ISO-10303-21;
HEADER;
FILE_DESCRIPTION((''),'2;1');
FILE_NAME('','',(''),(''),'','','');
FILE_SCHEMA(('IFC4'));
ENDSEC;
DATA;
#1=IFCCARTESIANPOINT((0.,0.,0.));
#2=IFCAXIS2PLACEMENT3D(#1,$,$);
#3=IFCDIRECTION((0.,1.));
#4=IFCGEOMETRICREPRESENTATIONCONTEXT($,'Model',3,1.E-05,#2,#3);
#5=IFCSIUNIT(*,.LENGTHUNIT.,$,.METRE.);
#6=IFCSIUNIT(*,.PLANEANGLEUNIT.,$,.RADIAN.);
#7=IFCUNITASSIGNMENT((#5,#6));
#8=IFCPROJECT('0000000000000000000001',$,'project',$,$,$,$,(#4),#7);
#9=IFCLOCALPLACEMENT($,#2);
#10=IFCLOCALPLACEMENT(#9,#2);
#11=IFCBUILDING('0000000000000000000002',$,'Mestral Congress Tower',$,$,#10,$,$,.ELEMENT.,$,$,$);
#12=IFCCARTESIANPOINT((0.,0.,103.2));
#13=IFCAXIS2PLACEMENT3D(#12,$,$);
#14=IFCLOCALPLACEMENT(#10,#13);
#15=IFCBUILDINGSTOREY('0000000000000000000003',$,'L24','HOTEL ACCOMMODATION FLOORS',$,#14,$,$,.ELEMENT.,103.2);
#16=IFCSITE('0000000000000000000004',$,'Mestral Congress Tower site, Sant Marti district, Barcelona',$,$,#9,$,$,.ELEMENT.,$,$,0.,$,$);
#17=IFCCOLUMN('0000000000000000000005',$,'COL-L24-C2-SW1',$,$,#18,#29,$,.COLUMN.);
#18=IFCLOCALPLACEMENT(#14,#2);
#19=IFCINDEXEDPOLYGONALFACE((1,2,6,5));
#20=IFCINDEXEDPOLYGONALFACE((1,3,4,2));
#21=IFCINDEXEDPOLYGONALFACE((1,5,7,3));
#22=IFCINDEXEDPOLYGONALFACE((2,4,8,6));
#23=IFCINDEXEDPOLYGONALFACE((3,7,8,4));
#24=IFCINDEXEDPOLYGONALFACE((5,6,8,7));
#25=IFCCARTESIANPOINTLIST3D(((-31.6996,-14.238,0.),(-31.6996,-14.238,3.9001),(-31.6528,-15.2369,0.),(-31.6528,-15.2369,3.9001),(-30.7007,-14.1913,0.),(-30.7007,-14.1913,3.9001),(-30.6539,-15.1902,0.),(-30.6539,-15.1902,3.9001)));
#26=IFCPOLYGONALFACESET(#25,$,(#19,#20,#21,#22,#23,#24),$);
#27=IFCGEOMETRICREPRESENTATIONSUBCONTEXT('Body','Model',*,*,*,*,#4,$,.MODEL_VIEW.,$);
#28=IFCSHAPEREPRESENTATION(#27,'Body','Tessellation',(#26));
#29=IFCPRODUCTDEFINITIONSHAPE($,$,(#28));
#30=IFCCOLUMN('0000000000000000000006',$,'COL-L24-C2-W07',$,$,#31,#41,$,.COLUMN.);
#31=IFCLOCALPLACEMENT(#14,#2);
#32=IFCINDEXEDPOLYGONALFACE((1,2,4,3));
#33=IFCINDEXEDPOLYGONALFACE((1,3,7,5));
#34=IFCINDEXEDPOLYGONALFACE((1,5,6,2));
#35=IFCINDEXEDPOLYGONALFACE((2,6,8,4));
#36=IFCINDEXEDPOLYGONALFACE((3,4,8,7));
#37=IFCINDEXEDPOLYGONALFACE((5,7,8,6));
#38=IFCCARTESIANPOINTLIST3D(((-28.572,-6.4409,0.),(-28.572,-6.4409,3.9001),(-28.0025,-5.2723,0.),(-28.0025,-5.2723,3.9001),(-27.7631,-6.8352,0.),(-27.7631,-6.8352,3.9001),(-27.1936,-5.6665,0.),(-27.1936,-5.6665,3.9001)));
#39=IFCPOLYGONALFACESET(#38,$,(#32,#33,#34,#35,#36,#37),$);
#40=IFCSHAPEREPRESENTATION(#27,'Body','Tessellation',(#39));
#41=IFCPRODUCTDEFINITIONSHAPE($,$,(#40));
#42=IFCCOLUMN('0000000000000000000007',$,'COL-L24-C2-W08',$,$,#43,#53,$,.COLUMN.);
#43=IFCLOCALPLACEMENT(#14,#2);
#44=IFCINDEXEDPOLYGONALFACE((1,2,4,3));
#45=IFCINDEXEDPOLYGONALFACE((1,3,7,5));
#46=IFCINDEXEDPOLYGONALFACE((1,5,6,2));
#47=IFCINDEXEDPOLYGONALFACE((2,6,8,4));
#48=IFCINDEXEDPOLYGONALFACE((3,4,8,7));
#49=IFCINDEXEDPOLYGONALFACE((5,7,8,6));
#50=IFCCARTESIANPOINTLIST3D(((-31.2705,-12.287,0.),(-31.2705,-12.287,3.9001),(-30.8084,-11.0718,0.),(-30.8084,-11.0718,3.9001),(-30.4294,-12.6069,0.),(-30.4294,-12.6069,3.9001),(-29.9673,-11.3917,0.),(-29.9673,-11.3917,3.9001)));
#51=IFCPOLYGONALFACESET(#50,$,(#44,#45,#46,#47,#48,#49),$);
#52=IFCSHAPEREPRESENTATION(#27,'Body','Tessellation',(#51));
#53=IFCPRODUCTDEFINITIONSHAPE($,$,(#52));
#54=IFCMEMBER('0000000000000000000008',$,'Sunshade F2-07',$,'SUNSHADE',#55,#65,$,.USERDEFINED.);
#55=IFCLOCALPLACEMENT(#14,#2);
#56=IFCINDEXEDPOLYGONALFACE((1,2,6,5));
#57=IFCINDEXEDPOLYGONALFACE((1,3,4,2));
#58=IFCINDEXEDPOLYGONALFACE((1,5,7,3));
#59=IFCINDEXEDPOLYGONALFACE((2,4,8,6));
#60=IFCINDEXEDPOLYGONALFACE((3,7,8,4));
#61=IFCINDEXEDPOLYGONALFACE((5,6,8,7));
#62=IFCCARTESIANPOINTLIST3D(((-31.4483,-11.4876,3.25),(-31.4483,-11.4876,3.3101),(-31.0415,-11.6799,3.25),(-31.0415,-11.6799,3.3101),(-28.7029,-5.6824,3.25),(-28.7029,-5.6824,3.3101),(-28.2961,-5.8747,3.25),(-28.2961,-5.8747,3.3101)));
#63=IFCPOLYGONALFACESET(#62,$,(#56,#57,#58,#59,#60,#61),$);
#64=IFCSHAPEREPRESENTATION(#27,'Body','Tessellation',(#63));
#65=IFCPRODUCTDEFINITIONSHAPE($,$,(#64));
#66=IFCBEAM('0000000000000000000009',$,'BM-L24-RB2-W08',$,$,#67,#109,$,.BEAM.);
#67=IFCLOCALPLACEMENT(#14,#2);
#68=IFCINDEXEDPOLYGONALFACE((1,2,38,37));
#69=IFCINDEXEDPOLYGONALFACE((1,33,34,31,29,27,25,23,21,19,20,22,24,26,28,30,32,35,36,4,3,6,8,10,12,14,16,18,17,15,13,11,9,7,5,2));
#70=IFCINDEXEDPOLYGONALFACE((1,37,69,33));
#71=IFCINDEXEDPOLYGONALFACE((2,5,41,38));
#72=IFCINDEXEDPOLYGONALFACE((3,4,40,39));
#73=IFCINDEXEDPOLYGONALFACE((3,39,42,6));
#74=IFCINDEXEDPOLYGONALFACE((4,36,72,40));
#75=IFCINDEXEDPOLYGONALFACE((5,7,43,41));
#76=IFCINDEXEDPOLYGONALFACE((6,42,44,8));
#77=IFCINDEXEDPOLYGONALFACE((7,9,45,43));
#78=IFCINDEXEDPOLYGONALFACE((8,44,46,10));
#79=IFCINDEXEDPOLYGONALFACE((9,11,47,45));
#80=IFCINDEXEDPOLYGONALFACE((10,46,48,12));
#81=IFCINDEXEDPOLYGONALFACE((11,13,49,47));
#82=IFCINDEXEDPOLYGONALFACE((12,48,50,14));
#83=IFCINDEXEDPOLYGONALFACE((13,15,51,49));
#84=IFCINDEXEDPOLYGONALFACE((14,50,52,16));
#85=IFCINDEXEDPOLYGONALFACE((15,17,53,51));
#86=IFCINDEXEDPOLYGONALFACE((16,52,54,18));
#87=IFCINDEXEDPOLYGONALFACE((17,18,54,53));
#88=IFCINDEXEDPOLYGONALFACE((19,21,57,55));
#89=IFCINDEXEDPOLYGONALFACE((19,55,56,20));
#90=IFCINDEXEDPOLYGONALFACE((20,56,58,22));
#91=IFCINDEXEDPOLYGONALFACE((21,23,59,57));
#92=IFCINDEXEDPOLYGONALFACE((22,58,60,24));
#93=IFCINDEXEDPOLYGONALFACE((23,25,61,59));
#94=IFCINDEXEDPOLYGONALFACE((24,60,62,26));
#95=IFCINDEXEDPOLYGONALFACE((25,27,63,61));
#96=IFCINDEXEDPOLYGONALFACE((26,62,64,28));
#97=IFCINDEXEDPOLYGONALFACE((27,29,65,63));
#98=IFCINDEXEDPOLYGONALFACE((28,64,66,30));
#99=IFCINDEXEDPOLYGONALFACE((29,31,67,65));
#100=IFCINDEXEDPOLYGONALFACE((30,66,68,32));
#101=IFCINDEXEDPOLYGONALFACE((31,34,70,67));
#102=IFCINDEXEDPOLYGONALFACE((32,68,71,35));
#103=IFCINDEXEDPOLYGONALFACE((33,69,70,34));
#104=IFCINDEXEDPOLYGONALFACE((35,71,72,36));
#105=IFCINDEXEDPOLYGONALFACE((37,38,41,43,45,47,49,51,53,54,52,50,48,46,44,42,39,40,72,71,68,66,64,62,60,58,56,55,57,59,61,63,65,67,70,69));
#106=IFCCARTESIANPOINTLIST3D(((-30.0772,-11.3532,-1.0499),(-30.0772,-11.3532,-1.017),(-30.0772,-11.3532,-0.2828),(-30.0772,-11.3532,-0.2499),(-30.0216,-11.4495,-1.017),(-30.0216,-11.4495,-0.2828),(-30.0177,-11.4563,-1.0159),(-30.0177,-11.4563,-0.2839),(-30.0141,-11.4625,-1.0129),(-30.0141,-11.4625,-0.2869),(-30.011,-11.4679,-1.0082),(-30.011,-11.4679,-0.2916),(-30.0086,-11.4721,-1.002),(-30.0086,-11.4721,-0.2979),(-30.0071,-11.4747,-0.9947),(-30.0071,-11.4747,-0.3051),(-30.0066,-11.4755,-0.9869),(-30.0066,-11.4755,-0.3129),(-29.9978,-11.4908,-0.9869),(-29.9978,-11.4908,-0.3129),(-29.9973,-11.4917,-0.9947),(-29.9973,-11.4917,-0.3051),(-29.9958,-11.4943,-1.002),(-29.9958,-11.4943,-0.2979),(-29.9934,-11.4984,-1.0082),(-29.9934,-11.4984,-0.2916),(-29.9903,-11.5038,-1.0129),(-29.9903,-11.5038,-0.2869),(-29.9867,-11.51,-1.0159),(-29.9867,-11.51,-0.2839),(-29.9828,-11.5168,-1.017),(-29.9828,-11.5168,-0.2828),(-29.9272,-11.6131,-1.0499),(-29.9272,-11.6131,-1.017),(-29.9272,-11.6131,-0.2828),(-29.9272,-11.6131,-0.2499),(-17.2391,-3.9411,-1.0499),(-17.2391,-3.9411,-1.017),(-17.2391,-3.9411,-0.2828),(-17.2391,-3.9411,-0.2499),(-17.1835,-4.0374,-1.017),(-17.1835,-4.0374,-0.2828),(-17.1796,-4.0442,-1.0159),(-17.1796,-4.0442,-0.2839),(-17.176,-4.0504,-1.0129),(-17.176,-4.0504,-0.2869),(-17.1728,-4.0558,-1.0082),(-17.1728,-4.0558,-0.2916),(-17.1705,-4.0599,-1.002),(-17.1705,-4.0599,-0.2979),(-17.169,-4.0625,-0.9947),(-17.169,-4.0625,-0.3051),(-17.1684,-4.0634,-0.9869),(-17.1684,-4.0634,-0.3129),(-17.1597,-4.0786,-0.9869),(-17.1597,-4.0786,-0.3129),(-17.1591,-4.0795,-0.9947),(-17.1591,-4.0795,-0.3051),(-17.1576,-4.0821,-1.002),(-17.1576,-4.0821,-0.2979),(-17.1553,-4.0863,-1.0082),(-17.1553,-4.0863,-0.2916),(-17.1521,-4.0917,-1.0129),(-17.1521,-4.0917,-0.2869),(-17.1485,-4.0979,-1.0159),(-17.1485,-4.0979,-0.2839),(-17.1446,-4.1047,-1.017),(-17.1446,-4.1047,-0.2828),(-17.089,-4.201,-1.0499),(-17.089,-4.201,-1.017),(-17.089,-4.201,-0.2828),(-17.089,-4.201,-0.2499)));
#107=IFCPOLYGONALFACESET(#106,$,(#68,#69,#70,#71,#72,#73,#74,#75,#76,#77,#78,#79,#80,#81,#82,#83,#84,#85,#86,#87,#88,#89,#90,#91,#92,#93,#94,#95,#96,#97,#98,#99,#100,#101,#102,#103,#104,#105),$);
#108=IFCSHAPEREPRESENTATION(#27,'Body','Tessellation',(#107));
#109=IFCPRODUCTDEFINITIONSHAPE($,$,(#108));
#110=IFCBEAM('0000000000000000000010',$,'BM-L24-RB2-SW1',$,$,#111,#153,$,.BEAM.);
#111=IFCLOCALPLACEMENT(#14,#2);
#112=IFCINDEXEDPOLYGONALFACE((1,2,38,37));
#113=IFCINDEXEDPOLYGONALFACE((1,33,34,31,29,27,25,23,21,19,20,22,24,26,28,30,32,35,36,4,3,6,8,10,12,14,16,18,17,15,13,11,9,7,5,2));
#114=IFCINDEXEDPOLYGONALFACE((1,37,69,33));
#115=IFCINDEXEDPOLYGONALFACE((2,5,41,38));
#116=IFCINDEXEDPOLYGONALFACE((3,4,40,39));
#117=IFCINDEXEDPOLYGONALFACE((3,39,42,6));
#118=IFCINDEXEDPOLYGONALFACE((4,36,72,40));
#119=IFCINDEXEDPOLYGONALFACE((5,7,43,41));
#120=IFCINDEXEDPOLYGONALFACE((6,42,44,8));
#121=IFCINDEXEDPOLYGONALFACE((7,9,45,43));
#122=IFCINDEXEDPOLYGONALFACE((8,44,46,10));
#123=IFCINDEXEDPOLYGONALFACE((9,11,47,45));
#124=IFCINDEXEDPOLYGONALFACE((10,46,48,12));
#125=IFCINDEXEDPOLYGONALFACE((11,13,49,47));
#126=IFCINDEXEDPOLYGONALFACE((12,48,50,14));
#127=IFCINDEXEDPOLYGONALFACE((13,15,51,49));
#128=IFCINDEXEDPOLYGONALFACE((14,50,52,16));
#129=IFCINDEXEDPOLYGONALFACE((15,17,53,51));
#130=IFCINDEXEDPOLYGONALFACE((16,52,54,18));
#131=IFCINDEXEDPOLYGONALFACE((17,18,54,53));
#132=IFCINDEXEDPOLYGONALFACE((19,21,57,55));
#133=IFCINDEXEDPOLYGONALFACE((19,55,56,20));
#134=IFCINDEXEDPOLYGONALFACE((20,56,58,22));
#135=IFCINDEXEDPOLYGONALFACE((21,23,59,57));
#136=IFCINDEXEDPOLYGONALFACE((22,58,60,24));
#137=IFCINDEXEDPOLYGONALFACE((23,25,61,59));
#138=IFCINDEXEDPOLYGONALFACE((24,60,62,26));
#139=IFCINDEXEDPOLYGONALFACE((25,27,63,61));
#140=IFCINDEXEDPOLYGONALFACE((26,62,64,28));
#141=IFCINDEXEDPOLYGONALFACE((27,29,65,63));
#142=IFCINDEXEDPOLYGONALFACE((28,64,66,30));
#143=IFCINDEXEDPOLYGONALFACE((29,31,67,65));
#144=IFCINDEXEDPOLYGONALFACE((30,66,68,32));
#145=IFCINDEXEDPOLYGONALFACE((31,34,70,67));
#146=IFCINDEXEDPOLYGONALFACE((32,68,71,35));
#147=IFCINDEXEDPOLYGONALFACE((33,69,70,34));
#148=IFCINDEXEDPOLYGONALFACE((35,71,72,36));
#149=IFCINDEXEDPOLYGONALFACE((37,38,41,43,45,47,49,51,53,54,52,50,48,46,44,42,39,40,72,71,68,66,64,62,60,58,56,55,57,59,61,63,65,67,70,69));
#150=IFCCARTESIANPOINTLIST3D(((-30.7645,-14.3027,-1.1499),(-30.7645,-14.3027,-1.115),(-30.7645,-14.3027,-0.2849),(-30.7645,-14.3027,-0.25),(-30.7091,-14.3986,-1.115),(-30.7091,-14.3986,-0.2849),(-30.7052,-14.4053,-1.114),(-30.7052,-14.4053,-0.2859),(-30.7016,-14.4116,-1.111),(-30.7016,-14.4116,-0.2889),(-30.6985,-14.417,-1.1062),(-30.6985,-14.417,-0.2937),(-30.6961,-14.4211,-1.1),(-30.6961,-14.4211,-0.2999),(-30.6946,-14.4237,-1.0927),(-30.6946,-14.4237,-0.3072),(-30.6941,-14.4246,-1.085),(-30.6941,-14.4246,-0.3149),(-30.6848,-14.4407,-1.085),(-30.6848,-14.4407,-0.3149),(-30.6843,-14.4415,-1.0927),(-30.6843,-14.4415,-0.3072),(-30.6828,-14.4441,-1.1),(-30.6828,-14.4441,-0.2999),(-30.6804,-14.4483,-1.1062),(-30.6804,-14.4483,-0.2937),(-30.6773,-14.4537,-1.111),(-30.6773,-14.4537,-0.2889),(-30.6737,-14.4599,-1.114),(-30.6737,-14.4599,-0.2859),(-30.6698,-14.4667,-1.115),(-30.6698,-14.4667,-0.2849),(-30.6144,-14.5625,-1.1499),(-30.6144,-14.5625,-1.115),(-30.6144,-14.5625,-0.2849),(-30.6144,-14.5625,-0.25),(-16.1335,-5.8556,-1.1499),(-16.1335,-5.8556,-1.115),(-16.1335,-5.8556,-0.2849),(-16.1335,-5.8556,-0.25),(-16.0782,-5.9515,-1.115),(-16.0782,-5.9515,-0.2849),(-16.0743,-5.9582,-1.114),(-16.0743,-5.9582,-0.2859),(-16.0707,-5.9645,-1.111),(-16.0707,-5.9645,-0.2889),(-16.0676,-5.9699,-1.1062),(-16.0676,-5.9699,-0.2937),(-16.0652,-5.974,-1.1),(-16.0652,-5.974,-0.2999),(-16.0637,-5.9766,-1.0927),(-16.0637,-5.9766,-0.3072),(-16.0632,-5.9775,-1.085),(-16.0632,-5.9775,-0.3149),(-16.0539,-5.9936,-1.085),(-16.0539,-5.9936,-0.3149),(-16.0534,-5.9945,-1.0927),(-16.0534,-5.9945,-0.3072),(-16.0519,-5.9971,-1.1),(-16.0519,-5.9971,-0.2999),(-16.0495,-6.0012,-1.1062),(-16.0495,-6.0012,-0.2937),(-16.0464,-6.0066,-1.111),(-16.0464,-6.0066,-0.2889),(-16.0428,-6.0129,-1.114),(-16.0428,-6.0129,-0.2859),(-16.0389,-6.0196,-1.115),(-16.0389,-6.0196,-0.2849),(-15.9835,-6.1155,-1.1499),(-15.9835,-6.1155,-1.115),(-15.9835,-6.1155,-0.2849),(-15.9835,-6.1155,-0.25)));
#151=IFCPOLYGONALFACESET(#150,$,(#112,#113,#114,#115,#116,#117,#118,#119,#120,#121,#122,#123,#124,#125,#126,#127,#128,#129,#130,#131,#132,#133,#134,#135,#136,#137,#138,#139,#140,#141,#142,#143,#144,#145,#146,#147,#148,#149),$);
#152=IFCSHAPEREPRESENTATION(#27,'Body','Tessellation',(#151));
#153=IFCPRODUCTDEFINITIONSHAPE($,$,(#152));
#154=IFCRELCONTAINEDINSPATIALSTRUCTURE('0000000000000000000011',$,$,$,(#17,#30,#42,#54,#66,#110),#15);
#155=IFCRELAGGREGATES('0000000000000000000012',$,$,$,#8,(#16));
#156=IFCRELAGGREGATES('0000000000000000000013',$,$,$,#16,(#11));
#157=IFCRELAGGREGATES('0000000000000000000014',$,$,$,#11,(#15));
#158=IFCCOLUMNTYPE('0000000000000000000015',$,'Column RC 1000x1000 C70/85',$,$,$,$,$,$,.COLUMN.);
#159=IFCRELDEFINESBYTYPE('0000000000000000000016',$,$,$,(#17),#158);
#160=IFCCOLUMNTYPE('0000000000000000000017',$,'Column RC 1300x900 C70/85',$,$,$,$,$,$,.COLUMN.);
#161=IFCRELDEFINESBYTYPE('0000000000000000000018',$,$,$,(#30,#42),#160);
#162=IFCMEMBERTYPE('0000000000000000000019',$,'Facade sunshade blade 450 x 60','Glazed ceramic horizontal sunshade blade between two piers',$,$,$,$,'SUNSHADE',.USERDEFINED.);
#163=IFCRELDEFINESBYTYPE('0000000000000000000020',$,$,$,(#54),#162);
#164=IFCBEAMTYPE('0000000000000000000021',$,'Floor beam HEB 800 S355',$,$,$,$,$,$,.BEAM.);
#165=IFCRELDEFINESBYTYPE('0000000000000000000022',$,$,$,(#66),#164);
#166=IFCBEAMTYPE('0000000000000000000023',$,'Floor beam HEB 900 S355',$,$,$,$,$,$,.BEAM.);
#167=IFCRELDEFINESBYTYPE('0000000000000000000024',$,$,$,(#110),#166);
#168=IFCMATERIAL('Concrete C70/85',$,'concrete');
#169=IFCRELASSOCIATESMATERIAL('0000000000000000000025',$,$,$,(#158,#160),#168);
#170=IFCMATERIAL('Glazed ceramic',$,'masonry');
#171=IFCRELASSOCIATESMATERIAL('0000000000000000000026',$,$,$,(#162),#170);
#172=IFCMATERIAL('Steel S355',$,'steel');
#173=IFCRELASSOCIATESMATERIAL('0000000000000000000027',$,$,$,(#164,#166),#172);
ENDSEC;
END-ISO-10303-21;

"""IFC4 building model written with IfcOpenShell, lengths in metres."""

from ifc_helpers import new_model, si_unit, direction, frame, origin, origin_2d, place, context, subcontext, project, spatial, rectangle, i_section, extrude, material, material_profile, profile_set, type_object, element, save


model = new_model("IFC4")

# Units and contexts
model_context = context("Model", 3, precision=1e-05, world=origin(), true_north=direction((0.0, 1.0)))
body_context = subcontext(model_context, "Body", "Model", "MODEL_VIEW")
ifc_project = project(units=[si_unit("LENGTHUNIT", "METRE"), si_unit("PLANEANGLEUNIT", "RADIAN")], contexts=[model_context])

# Site, building, storey
site_placement = place(None, origin())
site = spatial("IfcSite", under=ifc_project, at=site_placement, Name="Mestral Congress Tower site, Sant Marti district, Barcelona", CompositionType="ELEMENT", RefElevation=0.0)
building_placement = place(site_placement, origin())
building = spatial("IfcBuilding", under=site, at=building_placement, Name="Mestral Congress Tower", CompositionType="ELEMENT")
storey_placement = place(building_placement, frame((0.0, 0.0, 103.2)))
storey = spatial("IfcBuildingStorey", under=building, at=storey_placement, Name="L24", Description="HOTEL ACCOMMODATION FLOORS", CompositionType="ELEMENT", Elevation=103.2)

# Columns
ifc_material_1 = material(Name="Concrete C70/85", Category="concrete")
ifc_material_profile_1 = material_profile(ifc_material_1, rectangle(XDim=1.0, YDim=1.0, at=origin_2d()), Name="RC 1000x1000")
ifc_profile_set_1 = profile_set([ifc_material_profile_1], Name="Concrete C70/85")
column_type_1 = type_object("IfcColumnType", Name="Column RC 1000x1000 C70/85", PredefinedType="COLUMN", material=ifc_profile_set_1)
column_placement = place(storey_placement, frame((-31.1768, -14.7141, 0.0), z_axis=(0.0, 0.0, 1.0), x_axis=(0.046756, -0.998906, 0.0)))
element("IfcColumn", 1, at=column_placement, inside=storey, type_object=column_type_1, Name="COL-L24-C2-SW1", PredefinedType="COLUMN", context=body_context, shape_type="SweptSolid", body=[
    extrude(rectangle(XDim=1.0, YDim=1.0, at=origin_2d()), origin(), (0.0, 0.0, 1.0), 3.9001),
])
ifc_material_profile_2 = material_profile(ifc_material_1, rectangle(XDim=1.3, YDim=0.8999, at=origin_2d()), Name="RC 1300x900")
ifc_profile_set_2 = profile_set([ifc_material_profile_2], Name="Concrete C70/85")
column_type_2 = type_object("IfcColumnType", Name="Column RC 1300x900 C70/85", PredefinedType="COLUMN", material=ifc_profile_set_2)
for number, where, z_axis, x_axis, name in (
    (2, (-27.8828, -6.0537, 0.0), (0.0, 0.0, 1.0), (-0.438061, -0.898945, 0.0), "COL-L24-C2-W07"),
    (3, (-30.6189, -11.8394, 0.0), (0.0, 0.0, 1.0), (-0.355494, -0.934679, 0.0), "COL-L24-C2-W08"),
):
    element("IfcColumn", number, at=place(storey_placement, frame(where, z_axis=z_axis, x_axis=x_axis)), inside=storey, type_object=column_type_2, Name=name, PredefinedType="COLUMN", context=body_context, shape_type="SweptSolid", body=[
        extrude(rectangle(XDim=1.3, YDim=0.8999, at=origin_2d()), origin(), (0.0, 0.0, 1.0), 3.9001),
    ])

# Member
ifc_material_2 = material(Name="Glazed ceramic", Category="masonry")
ifc_material_profile_3 = material_profile(ifc_material_2, rectangle(XDim=0.45, YDim=0.0601, at=origin_2d()), Name="Ceramic blade 450 x 60")
ifc_profile_set_3 = profile_set([ifc_material_profile_3], Name="Glazed ceramic")
member_type = type_object("IfcMemberType", Name="Facade sunshade blade 450 x 60", Description="Glazed ceramic horizontal sunshade blade between two piers", ElementType="SUNSHADE", PredefinedType="USERDEFINED", material=ifc_profile_set_3)
member_placement = place(storey_placement, frame((-28.4995, -5.7786, 3.28), z_axis=(-0.427519, -0.904006, 0.0), x_axis=(0.904006, -0.427519, 0.0)))
element("IfcMember", 4, at=member_placement, inside=storey, type_object=member_type, Name="Sunshade F2-07", ObjectType="SUNSHADE", PredefinedType="USERDEFINED", context=body_context, shape_type="SweptSolid", body=[
    extrude(rectangle(XDim=0.45, YDim=0.0601, at=origin_2d()), origin(), (0.0, 0.0, 1.0), 6.4216),
])

# Beams
ifc_material_3 = material(Name="Steel S355", Category="steel")
ifc_material_profile_4 = material_profile(ifc_material_3, i_section(OverallWidth=0.3, OverallDepth=0.8, WebThickness=0.0176, FlangeThickness=0.033, FilletRadius=0.03, at=origin_2d()), Name="HEB 800")
ifc_profile_set_4 = profile_set([ifc_material_profile_4], Name="Steel S355")
beam_type_1 = type_object("IfcBeamType", Name="Floor beam HEB 800 S355", PredefinedType="BEAM", material=ifc_profile_set_4)
beam_1_placement = place(storey_placement, frame((-30.0022, -11.4832, -0.6499), z_axis=(0.866025, 0.5, 0.0), x_axis=(-0.5, 0.866025, 0.0)))
element("IfcBeam", 5, at=beam_1_placement, inside=storey, type_object=beam_type_1, Name="BM-L24-RB2-W08", PredefinedType="BEAM", context=body_context, shape_type="SweptSolid", body=[
    extrude(i_section(OverallWidth=0.3, OverallDepth=0.8, WebThickness=0.0176, FlangeThickness=0.033, FilletRadius=0.03, at=origin_2d()), origin(), (0.0, 0.0, 1.0), 14.8242),
])
ifc_material_profile_5 = material_profile(ifc_material_3, i_section(OverallWidth=0.3, OverallDepth=0.8999, WebThickness=0.0186, FlangeThickness=0.0349, FilletRadius=0.03, at=origin_2d()), Name="HEB 900")
ifc_profile_set_5 = profile_set([ifc_material_profile_5], Name="Steel S355")
beam_type_2 = type_object("IfcBeamType", Name="Floor beam HEB 900 S355", PredefinedType="BEAM", material=ifc_profile_set_5)
beam_2_placement = place(storey_placement, frame((-30.6895, -14.4326, -0.7), z_axis=(0.866028, 0.499995, 0.0), x_axis=(-0.499995, 0.866028, 0.0)))
element("IfcBeam", 6, at=beam_2_placement, inside=storey, type_object=beam_type_2, Name="BM-L24-RB2-SW1", PredefinedType="BEAM", context=body_context, shape_type="SweptSolid", body=[
    extrude(i_section(OverallWidth=0.3, OverallDepth=0.8999, WebThickness=0.0186, FlangeThickness=0.0349, FilletRadius=0.03, at=origin_2d()), origin(), (0.0, 0.0, 1.0), 16.8943),
])

save(model, "model.ifc")
